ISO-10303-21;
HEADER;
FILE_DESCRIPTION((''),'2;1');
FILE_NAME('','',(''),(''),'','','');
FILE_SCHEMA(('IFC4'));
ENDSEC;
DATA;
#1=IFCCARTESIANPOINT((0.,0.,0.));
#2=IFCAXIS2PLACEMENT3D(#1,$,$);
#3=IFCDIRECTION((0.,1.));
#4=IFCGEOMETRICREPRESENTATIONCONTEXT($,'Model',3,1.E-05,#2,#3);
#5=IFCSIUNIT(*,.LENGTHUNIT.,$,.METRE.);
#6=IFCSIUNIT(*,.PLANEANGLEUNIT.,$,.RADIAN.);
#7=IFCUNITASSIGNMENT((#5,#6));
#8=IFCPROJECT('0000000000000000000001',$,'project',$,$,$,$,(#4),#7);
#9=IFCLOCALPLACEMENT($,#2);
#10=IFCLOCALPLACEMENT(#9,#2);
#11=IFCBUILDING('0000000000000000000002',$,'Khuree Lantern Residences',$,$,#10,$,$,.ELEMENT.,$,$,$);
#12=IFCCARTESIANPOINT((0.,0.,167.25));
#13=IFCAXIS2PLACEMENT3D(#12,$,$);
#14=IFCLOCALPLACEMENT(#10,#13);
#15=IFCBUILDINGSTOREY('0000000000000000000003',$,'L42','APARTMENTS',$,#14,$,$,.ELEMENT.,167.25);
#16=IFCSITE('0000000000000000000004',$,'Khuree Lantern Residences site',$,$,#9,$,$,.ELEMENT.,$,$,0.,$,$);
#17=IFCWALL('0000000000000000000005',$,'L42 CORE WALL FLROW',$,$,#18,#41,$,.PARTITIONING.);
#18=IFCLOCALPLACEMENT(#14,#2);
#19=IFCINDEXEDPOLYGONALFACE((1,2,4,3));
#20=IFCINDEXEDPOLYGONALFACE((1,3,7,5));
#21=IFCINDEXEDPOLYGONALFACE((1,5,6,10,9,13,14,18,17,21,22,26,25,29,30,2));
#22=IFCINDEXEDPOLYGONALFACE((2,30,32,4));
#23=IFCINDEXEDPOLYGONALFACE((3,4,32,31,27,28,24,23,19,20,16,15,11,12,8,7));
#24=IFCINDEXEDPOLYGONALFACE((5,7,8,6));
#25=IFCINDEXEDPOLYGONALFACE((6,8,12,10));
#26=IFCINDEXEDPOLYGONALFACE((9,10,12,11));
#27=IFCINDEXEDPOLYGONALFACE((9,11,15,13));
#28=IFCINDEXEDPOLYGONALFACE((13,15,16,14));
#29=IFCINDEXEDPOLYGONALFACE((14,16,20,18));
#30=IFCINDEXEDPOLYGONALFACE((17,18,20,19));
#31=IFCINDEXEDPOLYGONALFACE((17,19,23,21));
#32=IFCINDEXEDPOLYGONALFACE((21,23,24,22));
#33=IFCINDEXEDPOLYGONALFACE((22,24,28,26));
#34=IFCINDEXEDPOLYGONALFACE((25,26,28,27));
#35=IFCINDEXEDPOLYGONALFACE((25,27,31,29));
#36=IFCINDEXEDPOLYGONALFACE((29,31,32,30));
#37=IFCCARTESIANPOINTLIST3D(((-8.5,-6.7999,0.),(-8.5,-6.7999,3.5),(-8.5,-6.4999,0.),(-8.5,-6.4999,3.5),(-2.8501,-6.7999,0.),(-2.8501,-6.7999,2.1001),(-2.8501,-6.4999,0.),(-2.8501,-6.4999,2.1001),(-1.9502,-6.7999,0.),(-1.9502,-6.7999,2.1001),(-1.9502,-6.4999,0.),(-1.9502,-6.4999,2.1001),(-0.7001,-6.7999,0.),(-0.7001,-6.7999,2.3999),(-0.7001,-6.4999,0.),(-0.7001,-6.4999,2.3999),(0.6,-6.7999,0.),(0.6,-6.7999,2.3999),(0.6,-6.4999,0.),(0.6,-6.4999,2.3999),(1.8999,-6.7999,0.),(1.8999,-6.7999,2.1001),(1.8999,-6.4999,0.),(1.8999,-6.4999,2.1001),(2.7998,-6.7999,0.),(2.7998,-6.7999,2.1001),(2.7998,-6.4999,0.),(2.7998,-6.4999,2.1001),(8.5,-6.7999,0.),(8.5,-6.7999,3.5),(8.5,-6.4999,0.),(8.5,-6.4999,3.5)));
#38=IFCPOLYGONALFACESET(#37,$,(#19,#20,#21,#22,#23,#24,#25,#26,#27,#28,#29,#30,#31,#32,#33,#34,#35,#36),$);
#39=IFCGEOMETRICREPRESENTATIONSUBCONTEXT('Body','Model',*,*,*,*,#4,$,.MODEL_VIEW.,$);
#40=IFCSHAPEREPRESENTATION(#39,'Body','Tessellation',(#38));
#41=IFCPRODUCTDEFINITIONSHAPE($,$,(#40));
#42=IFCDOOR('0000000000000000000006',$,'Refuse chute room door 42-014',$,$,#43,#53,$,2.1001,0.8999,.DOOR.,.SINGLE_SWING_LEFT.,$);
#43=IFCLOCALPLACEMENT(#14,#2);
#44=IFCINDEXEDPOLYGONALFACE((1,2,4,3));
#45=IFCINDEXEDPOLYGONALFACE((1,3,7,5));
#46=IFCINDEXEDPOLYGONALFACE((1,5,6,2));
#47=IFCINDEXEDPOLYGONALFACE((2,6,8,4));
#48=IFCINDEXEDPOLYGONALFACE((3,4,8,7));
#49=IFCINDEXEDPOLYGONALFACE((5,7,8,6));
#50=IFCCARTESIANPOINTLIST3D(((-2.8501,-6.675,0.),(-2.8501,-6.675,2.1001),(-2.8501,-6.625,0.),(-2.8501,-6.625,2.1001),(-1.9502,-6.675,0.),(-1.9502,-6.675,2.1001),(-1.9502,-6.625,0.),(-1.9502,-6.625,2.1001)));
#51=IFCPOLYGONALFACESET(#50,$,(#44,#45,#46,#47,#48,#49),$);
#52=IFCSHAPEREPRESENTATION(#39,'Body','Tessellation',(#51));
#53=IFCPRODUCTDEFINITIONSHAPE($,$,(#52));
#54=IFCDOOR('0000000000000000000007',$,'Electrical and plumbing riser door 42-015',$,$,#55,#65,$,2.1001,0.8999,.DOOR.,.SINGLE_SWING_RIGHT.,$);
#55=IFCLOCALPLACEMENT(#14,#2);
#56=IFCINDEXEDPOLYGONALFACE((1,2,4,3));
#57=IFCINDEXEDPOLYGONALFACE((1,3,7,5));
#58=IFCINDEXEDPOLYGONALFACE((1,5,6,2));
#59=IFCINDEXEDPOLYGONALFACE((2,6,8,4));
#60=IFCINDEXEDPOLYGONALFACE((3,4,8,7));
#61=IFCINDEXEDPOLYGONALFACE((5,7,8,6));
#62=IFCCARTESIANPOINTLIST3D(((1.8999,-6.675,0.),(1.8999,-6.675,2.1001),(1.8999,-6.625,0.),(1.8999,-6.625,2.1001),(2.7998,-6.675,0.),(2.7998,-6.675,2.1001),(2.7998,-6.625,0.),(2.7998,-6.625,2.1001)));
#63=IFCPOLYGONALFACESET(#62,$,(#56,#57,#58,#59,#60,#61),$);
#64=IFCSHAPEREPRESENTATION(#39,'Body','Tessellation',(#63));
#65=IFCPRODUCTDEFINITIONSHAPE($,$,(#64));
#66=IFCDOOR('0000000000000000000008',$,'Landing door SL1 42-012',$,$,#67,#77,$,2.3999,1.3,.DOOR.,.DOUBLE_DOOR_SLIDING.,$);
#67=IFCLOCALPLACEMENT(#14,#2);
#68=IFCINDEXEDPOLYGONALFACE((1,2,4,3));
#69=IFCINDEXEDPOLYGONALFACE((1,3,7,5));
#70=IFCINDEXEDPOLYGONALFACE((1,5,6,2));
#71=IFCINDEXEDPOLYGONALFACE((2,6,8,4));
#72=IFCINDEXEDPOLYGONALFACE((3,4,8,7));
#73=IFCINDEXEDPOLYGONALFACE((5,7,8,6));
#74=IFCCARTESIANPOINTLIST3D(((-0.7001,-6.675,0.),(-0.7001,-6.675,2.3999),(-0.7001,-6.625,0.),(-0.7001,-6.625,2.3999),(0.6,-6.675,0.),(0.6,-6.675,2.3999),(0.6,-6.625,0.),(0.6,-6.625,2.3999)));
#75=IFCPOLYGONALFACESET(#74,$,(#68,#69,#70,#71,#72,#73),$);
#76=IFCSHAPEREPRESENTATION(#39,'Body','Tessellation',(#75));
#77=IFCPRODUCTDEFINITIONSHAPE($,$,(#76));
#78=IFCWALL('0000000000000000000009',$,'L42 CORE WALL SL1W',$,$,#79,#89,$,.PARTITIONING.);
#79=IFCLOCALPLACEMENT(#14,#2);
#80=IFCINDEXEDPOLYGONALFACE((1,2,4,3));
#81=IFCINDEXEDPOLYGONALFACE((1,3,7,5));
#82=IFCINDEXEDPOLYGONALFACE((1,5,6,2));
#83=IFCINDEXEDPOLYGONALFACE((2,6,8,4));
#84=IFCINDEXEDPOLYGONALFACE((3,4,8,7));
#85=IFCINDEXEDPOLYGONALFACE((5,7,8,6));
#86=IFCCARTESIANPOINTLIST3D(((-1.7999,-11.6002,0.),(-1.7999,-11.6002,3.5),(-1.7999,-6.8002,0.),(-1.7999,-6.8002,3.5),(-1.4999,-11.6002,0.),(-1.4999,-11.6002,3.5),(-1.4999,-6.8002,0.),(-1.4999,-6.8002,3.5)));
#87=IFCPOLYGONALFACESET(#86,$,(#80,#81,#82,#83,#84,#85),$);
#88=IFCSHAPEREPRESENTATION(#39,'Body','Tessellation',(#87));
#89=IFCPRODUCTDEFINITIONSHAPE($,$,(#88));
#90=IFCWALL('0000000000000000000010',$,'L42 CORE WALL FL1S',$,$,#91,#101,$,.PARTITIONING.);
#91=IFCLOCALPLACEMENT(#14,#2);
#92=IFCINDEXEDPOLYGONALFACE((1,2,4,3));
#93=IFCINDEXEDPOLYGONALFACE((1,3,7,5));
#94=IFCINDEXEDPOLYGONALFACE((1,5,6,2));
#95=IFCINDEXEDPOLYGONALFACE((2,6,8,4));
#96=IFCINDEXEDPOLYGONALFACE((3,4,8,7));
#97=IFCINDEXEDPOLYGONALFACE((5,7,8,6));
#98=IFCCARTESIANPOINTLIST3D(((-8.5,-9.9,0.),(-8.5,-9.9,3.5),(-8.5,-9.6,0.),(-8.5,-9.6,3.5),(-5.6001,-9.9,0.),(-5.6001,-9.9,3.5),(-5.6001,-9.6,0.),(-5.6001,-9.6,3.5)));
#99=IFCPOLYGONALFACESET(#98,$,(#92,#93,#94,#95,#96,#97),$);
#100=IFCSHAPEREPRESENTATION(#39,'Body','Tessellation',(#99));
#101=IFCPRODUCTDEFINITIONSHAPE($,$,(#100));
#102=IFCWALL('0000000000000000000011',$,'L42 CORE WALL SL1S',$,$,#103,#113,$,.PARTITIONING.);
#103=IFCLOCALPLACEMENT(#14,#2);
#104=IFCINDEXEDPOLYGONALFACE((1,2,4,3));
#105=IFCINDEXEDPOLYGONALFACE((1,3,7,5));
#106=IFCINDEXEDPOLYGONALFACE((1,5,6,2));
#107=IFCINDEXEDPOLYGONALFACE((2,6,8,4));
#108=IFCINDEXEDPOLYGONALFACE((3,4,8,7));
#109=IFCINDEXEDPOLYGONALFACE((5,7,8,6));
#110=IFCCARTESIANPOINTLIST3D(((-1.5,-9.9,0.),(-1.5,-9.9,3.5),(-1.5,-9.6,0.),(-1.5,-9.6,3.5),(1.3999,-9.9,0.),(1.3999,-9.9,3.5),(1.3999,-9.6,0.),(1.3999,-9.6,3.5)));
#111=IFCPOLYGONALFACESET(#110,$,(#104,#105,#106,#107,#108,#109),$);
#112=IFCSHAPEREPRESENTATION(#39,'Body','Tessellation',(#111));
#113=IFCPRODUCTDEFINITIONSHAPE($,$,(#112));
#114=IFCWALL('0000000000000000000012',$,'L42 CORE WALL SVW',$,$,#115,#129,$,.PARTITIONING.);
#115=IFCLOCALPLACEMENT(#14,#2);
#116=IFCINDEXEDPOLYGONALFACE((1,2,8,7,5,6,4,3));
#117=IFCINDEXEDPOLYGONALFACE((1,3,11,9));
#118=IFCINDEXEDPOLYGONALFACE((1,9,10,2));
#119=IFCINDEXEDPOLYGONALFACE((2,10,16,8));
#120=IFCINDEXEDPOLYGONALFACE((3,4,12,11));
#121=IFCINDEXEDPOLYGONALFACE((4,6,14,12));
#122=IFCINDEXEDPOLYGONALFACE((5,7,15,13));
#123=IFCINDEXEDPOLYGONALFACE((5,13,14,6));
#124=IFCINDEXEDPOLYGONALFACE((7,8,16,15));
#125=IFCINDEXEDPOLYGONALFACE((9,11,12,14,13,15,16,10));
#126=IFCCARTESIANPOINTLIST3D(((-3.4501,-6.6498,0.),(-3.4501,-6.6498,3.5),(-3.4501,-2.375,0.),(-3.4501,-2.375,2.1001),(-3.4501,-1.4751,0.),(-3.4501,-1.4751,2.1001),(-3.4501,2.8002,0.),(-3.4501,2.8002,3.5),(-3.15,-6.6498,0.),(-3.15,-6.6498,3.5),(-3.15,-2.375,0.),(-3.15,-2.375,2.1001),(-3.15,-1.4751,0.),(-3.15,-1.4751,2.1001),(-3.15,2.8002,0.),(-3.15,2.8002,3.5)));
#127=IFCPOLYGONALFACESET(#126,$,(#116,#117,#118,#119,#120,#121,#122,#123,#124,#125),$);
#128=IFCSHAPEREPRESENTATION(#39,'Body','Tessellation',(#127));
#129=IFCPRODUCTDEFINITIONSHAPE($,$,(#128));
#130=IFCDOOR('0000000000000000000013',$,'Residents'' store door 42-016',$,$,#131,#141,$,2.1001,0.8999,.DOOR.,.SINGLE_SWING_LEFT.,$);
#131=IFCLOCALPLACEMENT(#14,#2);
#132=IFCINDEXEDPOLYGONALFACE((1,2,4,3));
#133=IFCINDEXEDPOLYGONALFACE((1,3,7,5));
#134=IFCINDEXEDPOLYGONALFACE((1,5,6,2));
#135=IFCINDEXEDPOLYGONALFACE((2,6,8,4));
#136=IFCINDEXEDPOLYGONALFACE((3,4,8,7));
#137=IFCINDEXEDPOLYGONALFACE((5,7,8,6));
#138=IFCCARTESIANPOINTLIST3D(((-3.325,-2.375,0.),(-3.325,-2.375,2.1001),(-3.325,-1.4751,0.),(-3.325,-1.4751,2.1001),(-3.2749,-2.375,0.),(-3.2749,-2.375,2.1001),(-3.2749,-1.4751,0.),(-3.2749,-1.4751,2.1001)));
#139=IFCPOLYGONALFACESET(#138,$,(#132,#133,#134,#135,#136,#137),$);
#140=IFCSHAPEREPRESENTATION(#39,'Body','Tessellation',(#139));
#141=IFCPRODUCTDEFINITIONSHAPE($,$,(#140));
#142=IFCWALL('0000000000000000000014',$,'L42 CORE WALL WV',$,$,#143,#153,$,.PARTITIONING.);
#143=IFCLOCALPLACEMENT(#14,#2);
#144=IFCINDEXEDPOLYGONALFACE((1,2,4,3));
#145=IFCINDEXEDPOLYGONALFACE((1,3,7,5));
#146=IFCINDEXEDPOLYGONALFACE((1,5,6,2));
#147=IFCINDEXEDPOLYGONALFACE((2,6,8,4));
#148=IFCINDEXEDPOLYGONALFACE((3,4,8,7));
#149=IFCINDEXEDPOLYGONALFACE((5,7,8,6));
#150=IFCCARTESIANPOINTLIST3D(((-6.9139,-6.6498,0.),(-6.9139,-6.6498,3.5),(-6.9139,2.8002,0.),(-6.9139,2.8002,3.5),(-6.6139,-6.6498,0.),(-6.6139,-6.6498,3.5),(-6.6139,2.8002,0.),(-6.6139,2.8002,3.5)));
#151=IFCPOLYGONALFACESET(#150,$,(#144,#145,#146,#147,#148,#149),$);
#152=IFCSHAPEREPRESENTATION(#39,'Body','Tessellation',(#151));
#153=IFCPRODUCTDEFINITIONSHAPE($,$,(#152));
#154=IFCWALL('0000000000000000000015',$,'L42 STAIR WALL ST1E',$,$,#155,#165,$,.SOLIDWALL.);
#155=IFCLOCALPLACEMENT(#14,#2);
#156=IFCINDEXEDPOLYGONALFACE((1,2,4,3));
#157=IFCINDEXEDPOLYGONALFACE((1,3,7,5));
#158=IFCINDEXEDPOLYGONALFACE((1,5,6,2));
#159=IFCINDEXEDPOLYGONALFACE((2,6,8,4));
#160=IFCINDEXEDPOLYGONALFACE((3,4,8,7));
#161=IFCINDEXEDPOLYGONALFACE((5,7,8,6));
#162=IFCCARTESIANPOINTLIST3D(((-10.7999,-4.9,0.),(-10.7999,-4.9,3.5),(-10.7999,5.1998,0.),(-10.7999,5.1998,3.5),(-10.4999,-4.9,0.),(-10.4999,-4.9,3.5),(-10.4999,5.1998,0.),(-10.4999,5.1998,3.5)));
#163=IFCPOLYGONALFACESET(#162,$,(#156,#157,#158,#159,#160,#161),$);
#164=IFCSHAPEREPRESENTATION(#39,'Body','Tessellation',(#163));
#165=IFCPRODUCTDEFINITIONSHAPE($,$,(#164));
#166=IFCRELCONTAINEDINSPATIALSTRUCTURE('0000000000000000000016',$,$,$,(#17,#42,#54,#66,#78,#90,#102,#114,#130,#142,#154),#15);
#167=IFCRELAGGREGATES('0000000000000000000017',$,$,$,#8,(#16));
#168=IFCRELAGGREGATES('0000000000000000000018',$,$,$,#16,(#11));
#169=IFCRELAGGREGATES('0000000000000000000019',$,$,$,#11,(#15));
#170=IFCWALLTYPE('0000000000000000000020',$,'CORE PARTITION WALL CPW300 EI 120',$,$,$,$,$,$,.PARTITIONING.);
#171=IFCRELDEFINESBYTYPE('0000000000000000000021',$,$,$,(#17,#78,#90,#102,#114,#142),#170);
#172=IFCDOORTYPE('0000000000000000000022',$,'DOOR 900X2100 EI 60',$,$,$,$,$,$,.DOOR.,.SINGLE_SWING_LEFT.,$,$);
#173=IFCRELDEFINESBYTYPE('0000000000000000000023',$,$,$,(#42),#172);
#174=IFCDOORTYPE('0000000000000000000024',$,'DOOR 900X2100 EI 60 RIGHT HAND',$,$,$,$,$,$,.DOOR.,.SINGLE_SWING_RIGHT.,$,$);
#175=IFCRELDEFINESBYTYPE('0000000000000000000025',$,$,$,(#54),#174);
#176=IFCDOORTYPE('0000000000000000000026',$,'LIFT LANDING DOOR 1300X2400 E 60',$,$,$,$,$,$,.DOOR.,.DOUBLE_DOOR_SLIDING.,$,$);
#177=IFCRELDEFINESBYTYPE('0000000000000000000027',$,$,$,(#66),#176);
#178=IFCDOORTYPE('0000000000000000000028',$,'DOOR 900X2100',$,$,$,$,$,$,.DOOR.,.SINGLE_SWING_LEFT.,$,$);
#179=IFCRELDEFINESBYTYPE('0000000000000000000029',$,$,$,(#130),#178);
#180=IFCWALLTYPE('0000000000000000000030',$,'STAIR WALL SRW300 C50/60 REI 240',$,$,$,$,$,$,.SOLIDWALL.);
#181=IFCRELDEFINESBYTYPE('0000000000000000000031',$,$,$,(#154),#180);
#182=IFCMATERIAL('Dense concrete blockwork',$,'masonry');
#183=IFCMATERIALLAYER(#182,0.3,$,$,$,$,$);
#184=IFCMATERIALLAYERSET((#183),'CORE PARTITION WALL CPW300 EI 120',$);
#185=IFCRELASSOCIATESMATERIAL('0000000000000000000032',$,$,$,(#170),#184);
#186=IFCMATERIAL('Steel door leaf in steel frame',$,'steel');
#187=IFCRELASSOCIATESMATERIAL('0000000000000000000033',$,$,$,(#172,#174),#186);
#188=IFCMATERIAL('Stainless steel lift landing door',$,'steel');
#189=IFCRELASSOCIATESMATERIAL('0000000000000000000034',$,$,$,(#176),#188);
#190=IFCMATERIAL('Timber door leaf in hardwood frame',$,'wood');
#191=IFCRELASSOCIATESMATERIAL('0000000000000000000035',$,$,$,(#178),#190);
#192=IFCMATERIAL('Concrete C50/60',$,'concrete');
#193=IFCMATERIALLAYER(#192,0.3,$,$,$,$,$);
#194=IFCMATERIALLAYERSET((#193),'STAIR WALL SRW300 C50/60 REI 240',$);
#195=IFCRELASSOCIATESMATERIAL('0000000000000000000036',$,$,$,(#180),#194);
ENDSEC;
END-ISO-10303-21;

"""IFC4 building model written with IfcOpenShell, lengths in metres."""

from ifc_helpers import new_model, si_unit, direction, frame, frame_2d, origin, place, context, subcontext, project, spatial, rectangle, extrude, material, layer, layer_set, type_object, element, fill, save


model = new_model("IFC4")

# Units and contexts
model_context = context("Model", 3, precision=1e-05, world=origin(), true_north=direction((0.0, 1.0)))
body_context = subcontext(model_context, "Body", "Model", "MODEL_VIEW")
ifc_project = project(units=[si_unit("LENGTHUNIT", "METRE"), si_unit("PLANEANGLEUNIT", "RADIAN")], contexts=[model_context])

# Site, building, storey
site_placement = place(None, origin())
site = spatial("IfcSite", under=ifc_project, at=site_placement, Name="Khuree Lantern Residences site", CompositionType="ELEMENT", RefElevation=0.0)
building_placement = place(site_placement, origin())
building = spatial("IfcBuilding", under=site, at=building_placement, Name="Khuree Lantern Residences", CompositionType="ELEMENT")
storey_placement = place(building_placement, frame((0.0, 0.0, 167.25)))
storey = spatial("IfcBuildingStorey", under=building, at=storey_placement, Name="L42", Description="APARTMENTS", CompositionType="ELEMENT", Elevation=167.25)

# Wall, openings, doors
ifc_material_1 = material(Name="Dense concrete blockwork", Category="masonry")
ifc_layer_1 = layer(ifc_material_1, 0.3)
ifc_layer_set_1 = layer_set([ifc_layer_1], Name="CORE PARTITION WALL CPW300 EI 120")
wall_type_1 = type_object("IfcWallType", Name="CORE PARTITION WALL CPW300 EI 120", PredefinedType="PARTITIONING", material=ifc_layer_set_1)
wall_1_placement = place(storey_placement, frame((-8.5, -6.6499, 0.0), z_axis=(0.0, 0.0, 1.0), x_axis=(1.0, 0.0, 0.0)))
wall_1 = element("IfcWall", 1, at=wall_1_placement, inside=storey, type_object=wall_type_1, Name="L42 CORE WALL FLROW", PredefinedType="PARTITIONING", context=body_context, shape_type="SweptSolid", body=[
    extrude(rectangle(XDim=17.0, YDim=0.3, at=frame_2d((8.5, 0.0))), origin(), (0.0, 0.0, 1.0), 3.5),
])
opening_1_placement = place(wall_1_placement, frame((7.8, 0.0, 0.0)))
opening_1 = element("IfcOpeningElement", 2, at=opening_1_placement, cuts=wall_1, PredefinedType="OPENING", context=body_context, shape_type="SweptSolid", body=[
    extrude(rectangle(XDim=1.3, YDim=2.3999, at=frame_2d((0.6499, 1.2))), frame((0.0, 0.1602, 0.0), z_axis=(0.0, -1.0, 0.0), x_axis=(1.0, 0.0, 0.0)), (0.0, 0.0, 1.0), 0.3201),
])
opening_2_placement = place(wall_1_placement, frame((5.6499, 0.0, 0.0)))
opening_2 = element("IfcOpeningElement", 3, at=opening_2_placement, cuts=wall_1, PredefinedType="OPENING", context=body_context, shape_type="SweptSolid", body=[
    extrude(rectangle(XDim=0.8999, YDim=2.1001, at=frame_2d((0.45, 1.05))), frame((0.0, 0.1602, 0.0), z_axis=(0.0, -1.0, 0.0), x_axis=(1.0, 0.0, 0.0)), (0.0, 0.0, 1.0), 0.3201),
])
opening_3_placement = place(wall_1_placement, frame((10.3999, 0.0, 0.0)))
opening_3 = element("IfcOpeningElement", 4, at=opening_3_placement, cuts=wall_1, PredefinedType="OPENING", context=body_context, shape_type="SweptSolid", body=[
    extrude(rectangle(XDim=0.8999, YDim=2.1001, at=frame_2d((0.45, 1.05))), frame((0.0, 0.1602, 0.0), z_axis=(0.0, -1.0, 0.0), x_axis=(1.0, 0.0, 0.0)), (0.0, 0.0, 1.0), 0.3201),
])
ifc_material_2 = material(Name="Steel door leaf in steel frame", Category="steel")
door_type_1 = type_object("IfcDoorType", Name="DOOR 900X2100 EI 60", OperationType="SINGLE_SWING_LEFT", PredefinedType="DOOR", material=ifc_material_2)
door_1_placement = place(opening_2_placement, origin())
door_1 = element("IfcDoor", 5, at=door_1_placement, inside=storey, type_object=door_type_1, Name="Refuse chute room door 42-014", OperationType="SINGLE_SWING_LEFT", OverallHeight=2.1001, OverallWidth=0.8999, PredefinedType="DOOR", context=body_context, shape_type="SweptSolid", body=[
    extrude(rectangle(XDim=0.8999, YDim=2.1001, at=frame_2d((0.45, 1.05))), frame((0.0, 0.0249, 0.0), z_axis=(0.0, -1.0, 0.0), x_axis=(1.0, 0.0, 0.0)), (0.0, 0.0, 1.0), 0.05),
])
fill(opening_2, door_1)
door_type_2 = type_object("IfcDoorType", Name="DOOR 900X2100 EI 60 RIGHT HAND", OperationType="SINGLE_SWING_RIGHT", PredefinedType="DOOR", material=ifc_material_2)
door_2_placement = place(opening_3_placement, origin())
door_2 = element("IfcDoor", 6, at=door_2_placement, inside=storey, type_object=door_type_2, Name="Electrical and plumbing riser door 42-015", OperationType="SINGLE_SWING_RIGHT", OverallHeight=2.1001, OverallWidth=0.8999, PredefinedType="DOOR", context=body_context, shape_type="SweptSolid", body=[
    extrude(rectangle(XDim=0.8999, YDim=2.1001, at=frame_2d((0.45, 1.05))), frame((0.0, 0.0249, 0.0), z_axis=(0.0, -1.0, 0.0), x_axis=(1.0, 0.0, 0.0)), (0.0, 0.0, 1.0), 0.05),
])
fill(opening_3, door_2)
ifc_material_3 = material(Name="Stainless steel lift landing door", Category="steel")
door_type_3 = type_object("IfcDoorType", Name="LIFT LANDING DOOR 1300X2400 E 60", OperationType="DOUBLE_DOOR_SLIDING", PredefinedType="DOOR", material=ifc_material_3)
door_3_placement = place(opening_1_placement, origin())
door_3 = element("IfcDoor", 7, at=door_3_placement, inside=storey, type_object=door_type_3, Name="Landing door SL1 42-012", OperationType="DOUBLE_DOOR_SLIDING", OverallHeight=2.3999, OverallWidth=1.3, PredefinedType="DOOR", context=body_context, shape_type="SweptSolid", body=[
    extrude(rectangle(XDim=1.3, YDim=2.3999, at=frame_2d((0.6499, 1.2))), frame((0.0, 0.0249, 0.0), z_axis=(0.0, -1.0, 0.0), x_axis=(1.0, 0.0, 0.0)), (0.0, 0.0, 1.0), 0.05),
])
fill(opening_1, door_3)

# Walls
wall_2_placement = place(storey_placement, frame((-1.6499, -11.6001, 0.0), z_axis=(0.0, 0.0, 1.0), x_axis=(0.0, 1.0, 0.0)))
element("IfcWall", 8, at=wall_2_placement, inside=storey, type_object=wall_type_1, Name="L42 CORE WALL SL1W", PredefinedType="PARTITIONING", context=body_context, shape_type="SweptSolid", body=[
    extrude(rectangle(XDim=4.8, YDim=0.3, at=frame_2d((2.3999, 0.0))), origin(), (0.0, 0.0, 1.0), 3.5),
])
for number, where, z_axis, x_axis, name in (
    (9, (-8.5, -9.75, 0.0), (0.0, 0.0, 1.0), (1.0, 0.0, 0.0), "L42 CORE WALL FL1S"),
    (10, (-1.5, -9.75, 0.0), (0.0, 0.0, 1.0), (1.0, 0.0, 0.0), "L42 CORE WALL SL1S"),
):
    element("IfcWall", number, at=place(storey_placement, frame(where, z_axis=z_axis, x_axis=x_axis)), inside=storey, type_object=wall_type_1, Name=name, PredefinedType="PARTITIONING", context=body_context, shape_type="SweptSolid", body=[
        extrude(rectangle(XDim=2.8999, YDim=0.3, at=frame_2d((1.45, 0.0))), origin(), (0.0, 0.0, 1.0), 3.5),
    ])

# Wall, opening, door
wall_3_placement = place(storey_placement, frame((-3.3, -6.6499, 0.0), z_axis=(0.0, 0.0, 1.0), x_axis=(0.0, 1.0, 0.0)))
wall_3 = element("IfcWall", 11, at=wall_3_placement, inside=storey, type_object=wall_type_1, Name="L42 CORE WALL SVW", PredefinedType="PARTITIONING", context=body_context, shape_type="SweptSolid", body=[
    extrude(rectangle(XDim=9.45, YDim=0.3, at=frame_2d((4.7251, 0.0))), origin(), (0.0, 0.0, 1.0), 3.5),
])
opening_4_placement = place(wall_3_placement, frame((4.2749, 0.0, 0.0)))
opening_4 = element("IfcOpeningElement", 12, at=opening_4_placement, cuts=wall_3, PredefinedType="OPENING", context=body_context, shape_type="SweptSolid", body=[
    extrude(rectangle(XDim=0.8999, YDim=2.1001, at=frame_2d((0.45, 1.05))), frame((0.0, 0.1602, 0.0), z_axis=(0.0, -1.0, 0.0), x_axis=(1.0, 0.0, 0.0)), (0.0, 0.0, 1.0), 0.3201),
])
ifc_material_4 = material(Name="Timber door leaf in hardwood frame", Category="wood")
door_type_4 = type_object("IfcDoorType", Name="DOOR 900X2100", OperationType="SINGLE_SWING_LEFT", PredefinedType="DOOR", material=ifc_material_4)
door_4_placement = place(opening_4_placement, origin())
door_4 = element("IfcDoor", 13, at=door_4_placement, inside=storey, type_object=door_type_4, Name="Residents' store door 42-016", OperationType="SINGLE_SWING_LEFT", OverallHeight=2.1001, OverallWidth=0.8999, PredefinedType="DOOR", context=body_context, shape_type="SweptSolid", body=[
    extrude(rectangle(XDim=0.8999, YDim=2.1001, at=frame_2d((0.45, 1.05))), frame((0.0, 0.0249, 0.0), z_axis=(0.0, -1.0, 0.0), x_axis=(1.0, 0.0, 0.0)), (0.0, 0.0, 1.0), 0.05),
])
fill(opening_4, door_4)

# Walls
wall_4_placement = place(storey_placement, frame((-6.7639, -6.6499, 0.0), z_axis=(0.0, 0.0, 1.0), x_axis=(0.0, 1.0, 0.0)))
element("IfcWall", 14, at=wall_4_placement, inside=storey, type_object=wall_type_1, Name="L42 CORE WALL WV", PredefinedType="PARTITIONING", context=body_context, shape_type="SweptSolid", body=[
    extrude(rectangle(XDim=9.45, YDim=0.3, at=frame_2d((4.7251, 0.0))), origin(), (0.0, 0.0, 1.0), 3.5),
])
ifc_material_5 = material(Name="Concrete C50/60", Category="concrete")
ifc_layer_2 = layer(ifc_material_5, 0.3)
ifc_layer_set_2 = layer_set([ifc_layer_2], Name="STAIR WALL SRW300 C50/60 REI 240")
wall_type_2 = type_object("IfcWallType", Name="STAIR WALL SRW300 C50/60 REI 240", PredefinedType="SOLIDWALL", material=ifc_layer_set_2)
wall_5_placement = place(storey_placement, frame((-10.6499, -4.8999, 0.0), z_axis=(0.0, 0.0, 1.0), x_axis=(0.0, 1.0, 0.0)))
element("IfcWall", 15, at=wall_5_placement, inside=storey, type_object=wall_type_2, Name="L42 STAIR WALL ST1E", PredefinedType="SOLIDWALL", context=body_context, shape_type="SweptSolid", body=[
    extrude(rectangle(XDim=10.0999, YDim=0.3, at=frame_2d((5.0498, 0.0))), origin(), (0.0, 0.0, 1.0), 3.5),
])

save(model, "model.ifc")
